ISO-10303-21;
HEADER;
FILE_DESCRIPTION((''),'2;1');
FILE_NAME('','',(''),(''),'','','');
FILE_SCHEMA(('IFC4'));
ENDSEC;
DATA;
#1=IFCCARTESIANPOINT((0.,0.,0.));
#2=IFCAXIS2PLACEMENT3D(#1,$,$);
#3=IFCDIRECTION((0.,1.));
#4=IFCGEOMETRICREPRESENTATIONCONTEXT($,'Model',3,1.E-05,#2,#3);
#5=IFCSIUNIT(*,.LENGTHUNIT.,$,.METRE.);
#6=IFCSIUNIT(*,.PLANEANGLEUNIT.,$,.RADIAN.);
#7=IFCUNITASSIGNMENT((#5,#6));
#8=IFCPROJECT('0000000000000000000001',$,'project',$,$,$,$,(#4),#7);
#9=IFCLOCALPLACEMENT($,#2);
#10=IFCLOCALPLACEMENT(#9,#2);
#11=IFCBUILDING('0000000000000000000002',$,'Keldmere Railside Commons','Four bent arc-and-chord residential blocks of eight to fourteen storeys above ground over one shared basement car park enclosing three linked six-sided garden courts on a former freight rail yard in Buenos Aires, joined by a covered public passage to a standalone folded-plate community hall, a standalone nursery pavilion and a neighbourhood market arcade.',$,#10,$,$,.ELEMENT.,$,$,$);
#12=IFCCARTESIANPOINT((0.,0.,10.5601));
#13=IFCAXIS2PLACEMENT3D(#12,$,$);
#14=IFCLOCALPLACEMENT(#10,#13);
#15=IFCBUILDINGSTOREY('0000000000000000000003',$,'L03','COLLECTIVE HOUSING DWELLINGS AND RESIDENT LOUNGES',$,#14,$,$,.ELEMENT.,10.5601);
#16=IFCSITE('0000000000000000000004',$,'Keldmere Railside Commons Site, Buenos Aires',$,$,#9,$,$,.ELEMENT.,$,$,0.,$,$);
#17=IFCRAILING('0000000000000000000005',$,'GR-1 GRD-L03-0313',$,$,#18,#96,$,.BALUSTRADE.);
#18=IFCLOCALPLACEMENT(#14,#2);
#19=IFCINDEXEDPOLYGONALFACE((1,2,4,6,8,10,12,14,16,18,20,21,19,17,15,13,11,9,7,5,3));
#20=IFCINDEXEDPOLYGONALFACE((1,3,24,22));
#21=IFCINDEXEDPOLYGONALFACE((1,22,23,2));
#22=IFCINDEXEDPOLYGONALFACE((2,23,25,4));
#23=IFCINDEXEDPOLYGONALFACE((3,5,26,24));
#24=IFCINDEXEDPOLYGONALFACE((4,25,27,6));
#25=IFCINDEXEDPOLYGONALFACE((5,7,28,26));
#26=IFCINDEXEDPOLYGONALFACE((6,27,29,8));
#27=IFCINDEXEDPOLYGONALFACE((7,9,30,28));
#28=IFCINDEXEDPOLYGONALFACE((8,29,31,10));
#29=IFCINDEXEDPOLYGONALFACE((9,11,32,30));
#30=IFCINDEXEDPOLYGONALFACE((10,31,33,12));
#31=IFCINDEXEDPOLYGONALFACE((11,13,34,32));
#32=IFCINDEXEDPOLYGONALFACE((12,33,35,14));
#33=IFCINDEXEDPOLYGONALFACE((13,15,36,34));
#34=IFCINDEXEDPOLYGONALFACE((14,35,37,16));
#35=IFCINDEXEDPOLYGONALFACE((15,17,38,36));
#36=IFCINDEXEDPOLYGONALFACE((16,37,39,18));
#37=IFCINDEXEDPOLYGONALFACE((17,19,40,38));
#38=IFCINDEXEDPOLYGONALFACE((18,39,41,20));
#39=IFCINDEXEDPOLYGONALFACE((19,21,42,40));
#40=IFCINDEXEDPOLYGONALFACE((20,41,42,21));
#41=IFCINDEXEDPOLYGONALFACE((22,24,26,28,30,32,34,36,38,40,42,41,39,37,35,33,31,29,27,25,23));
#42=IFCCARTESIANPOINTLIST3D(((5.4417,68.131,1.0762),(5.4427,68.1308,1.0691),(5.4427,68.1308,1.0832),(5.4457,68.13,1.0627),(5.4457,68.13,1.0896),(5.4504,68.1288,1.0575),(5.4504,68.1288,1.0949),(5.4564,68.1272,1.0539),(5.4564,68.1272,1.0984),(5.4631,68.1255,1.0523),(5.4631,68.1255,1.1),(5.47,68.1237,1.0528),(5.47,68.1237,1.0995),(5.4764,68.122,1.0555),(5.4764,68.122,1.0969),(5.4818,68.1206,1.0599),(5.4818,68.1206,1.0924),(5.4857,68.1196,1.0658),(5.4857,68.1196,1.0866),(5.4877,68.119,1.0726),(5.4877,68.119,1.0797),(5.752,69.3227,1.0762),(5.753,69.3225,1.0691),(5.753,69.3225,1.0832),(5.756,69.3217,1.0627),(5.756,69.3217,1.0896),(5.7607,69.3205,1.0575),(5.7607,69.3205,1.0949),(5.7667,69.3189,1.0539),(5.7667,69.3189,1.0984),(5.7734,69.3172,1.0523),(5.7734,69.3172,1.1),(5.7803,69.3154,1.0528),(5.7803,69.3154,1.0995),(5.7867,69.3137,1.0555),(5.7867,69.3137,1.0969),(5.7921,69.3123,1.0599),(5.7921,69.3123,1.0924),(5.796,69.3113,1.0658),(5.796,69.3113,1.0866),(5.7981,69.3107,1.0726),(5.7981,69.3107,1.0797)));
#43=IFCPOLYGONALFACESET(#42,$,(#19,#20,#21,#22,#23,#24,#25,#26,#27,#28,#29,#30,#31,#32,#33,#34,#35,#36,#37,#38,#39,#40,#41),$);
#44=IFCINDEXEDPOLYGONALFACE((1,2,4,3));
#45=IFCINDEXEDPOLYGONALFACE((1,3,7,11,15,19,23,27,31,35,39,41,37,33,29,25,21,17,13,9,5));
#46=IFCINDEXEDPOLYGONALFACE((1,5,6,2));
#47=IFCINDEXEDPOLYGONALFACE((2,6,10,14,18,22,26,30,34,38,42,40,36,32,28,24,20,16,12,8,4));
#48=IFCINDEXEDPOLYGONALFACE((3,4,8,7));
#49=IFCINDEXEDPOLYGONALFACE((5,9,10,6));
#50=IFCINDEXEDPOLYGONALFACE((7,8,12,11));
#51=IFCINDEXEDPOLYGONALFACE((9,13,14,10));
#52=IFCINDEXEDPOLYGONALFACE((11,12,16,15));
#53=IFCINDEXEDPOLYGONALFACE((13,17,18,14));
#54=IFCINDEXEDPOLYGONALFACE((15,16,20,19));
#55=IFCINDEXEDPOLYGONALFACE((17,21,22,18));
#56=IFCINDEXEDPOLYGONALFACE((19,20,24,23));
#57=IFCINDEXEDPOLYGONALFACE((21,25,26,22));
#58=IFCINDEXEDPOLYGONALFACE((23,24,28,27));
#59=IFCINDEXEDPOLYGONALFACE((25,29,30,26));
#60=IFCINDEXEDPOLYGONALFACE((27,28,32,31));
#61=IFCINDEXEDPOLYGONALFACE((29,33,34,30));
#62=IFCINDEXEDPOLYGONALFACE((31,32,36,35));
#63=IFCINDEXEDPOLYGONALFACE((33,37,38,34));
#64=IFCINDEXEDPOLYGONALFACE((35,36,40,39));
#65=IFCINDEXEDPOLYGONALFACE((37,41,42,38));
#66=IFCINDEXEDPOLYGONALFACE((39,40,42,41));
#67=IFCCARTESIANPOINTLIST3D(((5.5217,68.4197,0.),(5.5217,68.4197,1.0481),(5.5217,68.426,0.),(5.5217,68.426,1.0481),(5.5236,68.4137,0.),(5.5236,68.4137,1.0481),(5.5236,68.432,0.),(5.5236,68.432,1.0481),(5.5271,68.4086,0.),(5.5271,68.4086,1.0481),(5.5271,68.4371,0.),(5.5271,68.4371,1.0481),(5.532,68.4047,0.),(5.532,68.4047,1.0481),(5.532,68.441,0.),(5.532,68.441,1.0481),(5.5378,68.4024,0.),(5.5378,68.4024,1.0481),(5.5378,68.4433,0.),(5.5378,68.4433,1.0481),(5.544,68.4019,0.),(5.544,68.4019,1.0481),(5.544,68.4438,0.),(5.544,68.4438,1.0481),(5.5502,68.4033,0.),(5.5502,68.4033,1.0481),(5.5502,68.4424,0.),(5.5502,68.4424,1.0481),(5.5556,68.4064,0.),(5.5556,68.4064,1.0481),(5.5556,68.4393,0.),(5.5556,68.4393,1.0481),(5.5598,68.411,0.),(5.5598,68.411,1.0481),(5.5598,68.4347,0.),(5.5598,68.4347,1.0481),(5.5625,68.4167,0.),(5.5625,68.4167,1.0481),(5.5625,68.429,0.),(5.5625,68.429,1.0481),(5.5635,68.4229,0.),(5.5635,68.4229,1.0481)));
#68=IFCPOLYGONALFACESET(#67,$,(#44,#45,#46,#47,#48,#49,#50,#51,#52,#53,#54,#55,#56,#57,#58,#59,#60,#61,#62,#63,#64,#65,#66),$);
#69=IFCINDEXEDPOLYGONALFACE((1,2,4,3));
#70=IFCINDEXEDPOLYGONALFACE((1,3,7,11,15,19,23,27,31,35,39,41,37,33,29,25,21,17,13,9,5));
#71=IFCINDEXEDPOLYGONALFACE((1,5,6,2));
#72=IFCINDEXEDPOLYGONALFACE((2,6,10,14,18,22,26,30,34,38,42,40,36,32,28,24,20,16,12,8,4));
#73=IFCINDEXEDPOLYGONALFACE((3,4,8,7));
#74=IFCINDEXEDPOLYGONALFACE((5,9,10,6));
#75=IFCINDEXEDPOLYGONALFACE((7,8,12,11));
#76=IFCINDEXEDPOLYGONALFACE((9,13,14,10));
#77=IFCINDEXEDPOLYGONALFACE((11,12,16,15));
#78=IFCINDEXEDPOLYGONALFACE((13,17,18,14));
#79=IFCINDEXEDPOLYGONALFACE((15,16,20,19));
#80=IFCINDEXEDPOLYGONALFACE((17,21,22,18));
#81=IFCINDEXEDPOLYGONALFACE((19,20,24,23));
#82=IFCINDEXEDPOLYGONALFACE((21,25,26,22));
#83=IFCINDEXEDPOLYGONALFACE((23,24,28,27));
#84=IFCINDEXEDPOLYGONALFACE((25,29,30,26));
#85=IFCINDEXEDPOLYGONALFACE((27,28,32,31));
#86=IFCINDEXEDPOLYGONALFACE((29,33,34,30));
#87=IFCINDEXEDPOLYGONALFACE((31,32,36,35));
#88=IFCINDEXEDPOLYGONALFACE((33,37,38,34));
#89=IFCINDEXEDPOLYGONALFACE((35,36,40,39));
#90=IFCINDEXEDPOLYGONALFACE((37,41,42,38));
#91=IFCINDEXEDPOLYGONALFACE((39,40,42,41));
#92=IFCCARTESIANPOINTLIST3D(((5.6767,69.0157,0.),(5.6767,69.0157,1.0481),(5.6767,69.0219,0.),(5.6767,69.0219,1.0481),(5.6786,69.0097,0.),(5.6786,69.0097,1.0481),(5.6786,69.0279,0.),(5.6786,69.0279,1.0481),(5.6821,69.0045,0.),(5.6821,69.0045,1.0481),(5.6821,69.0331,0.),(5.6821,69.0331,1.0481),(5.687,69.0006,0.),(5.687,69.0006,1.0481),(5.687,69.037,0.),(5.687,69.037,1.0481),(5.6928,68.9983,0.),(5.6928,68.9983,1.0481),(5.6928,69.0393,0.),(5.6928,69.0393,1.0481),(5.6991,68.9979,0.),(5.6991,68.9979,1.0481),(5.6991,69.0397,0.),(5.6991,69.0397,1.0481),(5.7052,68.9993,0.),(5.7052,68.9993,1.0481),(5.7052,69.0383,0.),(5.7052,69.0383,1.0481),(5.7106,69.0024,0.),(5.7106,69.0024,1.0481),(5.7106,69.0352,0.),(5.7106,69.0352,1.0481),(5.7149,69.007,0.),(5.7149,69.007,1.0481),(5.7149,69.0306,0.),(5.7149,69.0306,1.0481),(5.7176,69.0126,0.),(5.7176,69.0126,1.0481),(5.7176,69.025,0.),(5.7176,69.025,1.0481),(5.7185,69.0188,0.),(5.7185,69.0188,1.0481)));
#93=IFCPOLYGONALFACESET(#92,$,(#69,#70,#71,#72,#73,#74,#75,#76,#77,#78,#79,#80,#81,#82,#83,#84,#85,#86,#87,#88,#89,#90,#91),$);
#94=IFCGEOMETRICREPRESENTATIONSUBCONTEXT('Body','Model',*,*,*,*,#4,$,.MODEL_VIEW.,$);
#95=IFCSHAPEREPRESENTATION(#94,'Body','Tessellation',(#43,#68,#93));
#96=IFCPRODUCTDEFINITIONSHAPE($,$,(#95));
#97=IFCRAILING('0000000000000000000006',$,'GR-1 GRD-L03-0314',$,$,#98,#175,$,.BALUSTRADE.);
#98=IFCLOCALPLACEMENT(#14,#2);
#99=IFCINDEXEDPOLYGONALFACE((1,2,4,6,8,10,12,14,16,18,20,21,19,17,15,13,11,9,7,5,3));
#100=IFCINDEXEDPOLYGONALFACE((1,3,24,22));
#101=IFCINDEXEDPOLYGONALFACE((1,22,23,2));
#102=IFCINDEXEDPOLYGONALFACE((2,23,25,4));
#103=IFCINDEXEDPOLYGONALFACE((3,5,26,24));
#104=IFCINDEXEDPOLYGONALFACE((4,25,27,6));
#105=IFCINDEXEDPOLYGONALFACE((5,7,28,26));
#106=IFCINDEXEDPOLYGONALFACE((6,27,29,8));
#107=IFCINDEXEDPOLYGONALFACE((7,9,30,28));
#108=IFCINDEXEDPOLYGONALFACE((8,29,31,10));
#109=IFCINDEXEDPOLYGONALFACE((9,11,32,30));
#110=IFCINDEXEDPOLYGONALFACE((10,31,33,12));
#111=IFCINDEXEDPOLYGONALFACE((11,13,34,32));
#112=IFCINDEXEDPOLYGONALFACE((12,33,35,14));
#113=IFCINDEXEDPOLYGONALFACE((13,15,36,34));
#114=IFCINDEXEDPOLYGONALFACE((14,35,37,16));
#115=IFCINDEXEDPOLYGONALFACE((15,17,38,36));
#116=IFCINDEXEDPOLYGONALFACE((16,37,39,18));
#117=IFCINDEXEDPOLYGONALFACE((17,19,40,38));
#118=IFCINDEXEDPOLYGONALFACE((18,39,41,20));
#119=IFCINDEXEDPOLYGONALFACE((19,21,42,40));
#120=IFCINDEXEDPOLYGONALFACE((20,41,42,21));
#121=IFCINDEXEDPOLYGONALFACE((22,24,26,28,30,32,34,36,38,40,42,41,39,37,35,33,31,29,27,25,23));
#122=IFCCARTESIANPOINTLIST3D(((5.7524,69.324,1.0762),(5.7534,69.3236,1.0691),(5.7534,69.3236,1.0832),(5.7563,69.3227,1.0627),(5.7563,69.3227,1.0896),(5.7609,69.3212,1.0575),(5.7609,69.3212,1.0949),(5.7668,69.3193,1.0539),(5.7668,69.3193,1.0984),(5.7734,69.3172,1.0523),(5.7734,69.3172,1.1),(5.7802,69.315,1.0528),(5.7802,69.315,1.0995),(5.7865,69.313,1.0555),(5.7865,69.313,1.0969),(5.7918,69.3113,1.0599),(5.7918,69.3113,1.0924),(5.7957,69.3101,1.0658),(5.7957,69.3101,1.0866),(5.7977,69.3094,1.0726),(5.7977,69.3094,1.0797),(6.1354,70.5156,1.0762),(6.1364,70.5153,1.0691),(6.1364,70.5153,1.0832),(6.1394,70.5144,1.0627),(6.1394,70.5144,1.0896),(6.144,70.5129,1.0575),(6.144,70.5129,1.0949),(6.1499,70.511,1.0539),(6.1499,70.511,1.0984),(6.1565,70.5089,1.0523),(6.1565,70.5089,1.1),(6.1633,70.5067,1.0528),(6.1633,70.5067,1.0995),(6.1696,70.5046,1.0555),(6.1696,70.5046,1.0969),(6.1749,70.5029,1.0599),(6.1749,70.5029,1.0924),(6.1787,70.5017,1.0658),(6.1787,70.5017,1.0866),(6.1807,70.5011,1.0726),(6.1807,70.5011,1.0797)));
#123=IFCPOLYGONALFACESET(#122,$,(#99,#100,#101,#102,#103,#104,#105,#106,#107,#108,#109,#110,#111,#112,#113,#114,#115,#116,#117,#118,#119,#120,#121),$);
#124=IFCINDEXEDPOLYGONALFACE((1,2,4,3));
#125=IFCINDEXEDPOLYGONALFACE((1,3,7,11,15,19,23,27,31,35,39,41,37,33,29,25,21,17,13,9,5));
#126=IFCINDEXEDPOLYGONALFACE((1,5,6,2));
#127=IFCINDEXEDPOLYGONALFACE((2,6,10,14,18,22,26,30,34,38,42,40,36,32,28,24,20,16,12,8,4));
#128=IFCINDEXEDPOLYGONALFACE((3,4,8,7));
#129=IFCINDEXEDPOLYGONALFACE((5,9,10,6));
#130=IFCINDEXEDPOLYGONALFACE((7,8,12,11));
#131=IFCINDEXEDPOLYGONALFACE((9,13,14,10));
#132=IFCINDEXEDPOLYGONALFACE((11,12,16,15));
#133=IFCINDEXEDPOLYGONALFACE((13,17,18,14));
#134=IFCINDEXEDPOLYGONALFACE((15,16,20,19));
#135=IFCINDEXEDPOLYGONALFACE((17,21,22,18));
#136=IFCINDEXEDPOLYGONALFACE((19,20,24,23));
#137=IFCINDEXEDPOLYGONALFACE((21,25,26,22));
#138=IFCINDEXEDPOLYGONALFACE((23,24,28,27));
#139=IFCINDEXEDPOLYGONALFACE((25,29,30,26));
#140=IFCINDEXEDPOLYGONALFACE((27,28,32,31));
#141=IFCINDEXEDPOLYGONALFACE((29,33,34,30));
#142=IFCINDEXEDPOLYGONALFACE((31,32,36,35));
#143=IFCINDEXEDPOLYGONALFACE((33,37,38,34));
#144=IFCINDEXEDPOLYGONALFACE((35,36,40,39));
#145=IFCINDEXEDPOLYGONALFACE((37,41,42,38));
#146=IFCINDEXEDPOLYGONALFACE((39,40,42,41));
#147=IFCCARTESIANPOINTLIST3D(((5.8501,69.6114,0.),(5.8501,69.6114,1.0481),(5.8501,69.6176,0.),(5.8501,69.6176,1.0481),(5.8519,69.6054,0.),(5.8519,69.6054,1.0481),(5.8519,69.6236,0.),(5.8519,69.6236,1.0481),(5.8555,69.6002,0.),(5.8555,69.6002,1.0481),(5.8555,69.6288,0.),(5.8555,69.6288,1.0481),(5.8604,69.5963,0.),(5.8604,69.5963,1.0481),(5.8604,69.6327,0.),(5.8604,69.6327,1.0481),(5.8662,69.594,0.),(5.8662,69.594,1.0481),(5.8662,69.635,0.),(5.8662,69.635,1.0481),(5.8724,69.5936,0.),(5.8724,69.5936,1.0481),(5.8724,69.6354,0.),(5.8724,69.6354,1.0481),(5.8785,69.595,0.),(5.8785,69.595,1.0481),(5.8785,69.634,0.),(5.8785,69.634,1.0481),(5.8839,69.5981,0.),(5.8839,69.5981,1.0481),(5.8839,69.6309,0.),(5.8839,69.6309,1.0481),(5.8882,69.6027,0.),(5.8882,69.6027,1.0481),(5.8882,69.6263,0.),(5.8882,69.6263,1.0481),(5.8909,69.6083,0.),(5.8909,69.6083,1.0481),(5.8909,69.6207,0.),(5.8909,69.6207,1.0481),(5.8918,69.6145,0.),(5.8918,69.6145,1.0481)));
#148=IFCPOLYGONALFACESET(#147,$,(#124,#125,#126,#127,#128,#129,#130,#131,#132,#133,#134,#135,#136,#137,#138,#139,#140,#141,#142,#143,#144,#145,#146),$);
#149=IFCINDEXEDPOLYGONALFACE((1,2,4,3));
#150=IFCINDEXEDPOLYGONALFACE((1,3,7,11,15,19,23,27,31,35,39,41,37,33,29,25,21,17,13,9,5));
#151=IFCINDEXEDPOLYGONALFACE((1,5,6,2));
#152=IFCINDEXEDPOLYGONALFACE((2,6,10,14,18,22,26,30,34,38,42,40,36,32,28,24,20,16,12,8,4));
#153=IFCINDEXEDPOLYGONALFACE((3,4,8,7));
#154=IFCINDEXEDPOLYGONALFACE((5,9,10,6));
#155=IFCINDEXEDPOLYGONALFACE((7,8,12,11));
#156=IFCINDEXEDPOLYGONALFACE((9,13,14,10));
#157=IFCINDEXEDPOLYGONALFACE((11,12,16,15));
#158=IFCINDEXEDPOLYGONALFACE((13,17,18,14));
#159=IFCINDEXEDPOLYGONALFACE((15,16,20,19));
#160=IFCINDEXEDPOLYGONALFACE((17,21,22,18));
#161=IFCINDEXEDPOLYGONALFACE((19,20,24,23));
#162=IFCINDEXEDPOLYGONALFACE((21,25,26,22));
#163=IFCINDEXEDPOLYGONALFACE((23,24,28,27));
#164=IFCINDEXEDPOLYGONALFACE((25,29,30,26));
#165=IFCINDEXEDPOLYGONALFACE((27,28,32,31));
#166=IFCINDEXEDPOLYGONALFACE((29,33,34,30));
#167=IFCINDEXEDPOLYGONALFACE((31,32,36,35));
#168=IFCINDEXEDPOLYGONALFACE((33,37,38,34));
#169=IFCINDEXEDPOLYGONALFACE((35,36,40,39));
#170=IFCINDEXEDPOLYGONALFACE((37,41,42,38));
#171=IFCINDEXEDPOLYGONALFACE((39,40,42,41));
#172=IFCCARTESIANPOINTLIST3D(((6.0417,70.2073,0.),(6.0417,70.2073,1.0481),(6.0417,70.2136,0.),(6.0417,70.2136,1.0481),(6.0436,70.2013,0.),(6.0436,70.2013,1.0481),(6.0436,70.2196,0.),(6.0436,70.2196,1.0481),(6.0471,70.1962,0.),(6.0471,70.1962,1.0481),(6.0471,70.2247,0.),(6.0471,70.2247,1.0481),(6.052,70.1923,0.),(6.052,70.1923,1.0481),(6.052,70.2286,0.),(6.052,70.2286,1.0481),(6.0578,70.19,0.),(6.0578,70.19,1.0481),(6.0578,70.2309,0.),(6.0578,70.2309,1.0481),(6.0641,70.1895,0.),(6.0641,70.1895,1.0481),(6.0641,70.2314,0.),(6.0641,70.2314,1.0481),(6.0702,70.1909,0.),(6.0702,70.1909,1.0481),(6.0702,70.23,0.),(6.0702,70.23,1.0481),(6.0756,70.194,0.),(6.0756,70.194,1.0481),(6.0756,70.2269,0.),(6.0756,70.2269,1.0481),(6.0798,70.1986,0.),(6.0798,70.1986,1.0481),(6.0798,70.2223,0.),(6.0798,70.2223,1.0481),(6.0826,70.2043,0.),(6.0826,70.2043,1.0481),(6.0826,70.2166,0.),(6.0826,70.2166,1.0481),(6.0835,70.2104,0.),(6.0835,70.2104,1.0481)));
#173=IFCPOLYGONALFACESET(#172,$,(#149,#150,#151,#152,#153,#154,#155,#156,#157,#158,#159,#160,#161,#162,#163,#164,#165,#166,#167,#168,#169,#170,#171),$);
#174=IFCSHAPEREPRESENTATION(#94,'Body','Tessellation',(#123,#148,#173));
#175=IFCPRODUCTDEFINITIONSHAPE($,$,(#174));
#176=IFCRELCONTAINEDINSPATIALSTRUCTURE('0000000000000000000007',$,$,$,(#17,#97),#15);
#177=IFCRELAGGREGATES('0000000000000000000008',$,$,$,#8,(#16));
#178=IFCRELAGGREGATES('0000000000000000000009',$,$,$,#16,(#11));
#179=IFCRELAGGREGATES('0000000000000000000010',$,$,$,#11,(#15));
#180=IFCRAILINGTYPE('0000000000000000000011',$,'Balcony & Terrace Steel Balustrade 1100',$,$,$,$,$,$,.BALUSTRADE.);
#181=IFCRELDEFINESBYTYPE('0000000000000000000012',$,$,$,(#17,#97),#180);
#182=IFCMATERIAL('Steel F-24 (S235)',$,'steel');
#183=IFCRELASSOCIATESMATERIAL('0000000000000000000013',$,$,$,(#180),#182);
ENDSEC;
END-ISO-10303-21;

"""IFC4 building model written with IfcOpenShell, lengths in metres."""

from ifc_helpers import new_model, si_unit, direction, frame, origin, origin_2d, place, context, subcontext, project, spatial, circle, extrude, material, type_object, element, save


model = new_model("IFC4")

# Units and contexts
model_context = context("Model", 3, precision=1e-05, world=origin(), true_north=direction((0.0, 1.0)))
body_context = subcontext(model_context, "Body", "Model", "MODEL_VIEW")
ifc_project = project(units=[si_unit("LENGTHUNIT", "METRE"), si_unit("PLANEANGLEUNIT", "RADIAN")], contexts=[model_context])

# Site, building, storey
site_placement = place(None, origin())
site = spatial("IfcSite", under=ifc_project, at=site_placement, Name="Keldmere Railside Commons Site, Buenos Aires", CompositionType="ELEMENT", RefElevation=0.0)
building_placement = place(site_placement, origin())
building = spatial("IfcBuilding", under=site, at=building_placement, Name="Keldmere Railside Commons", Description="Four bent arc-and-chord residential blocks of eight to fourteen storeys above ground over one shared basement car park enclosing three linked six-sided garden courts on a former freight rail yard in Buenos Aires, joined by a covered public passage to a standalone folded-plate community hall, a standalone nursery pavilion and a neighbourhood market arcade.", CompositionType="ELEMENT")
storey_placement = place(building_placement, frame((0.0, 0.0, 10.5601)))
storey = spatial("IfcBuildingStorey", under=building, at=storey_placement, Name="L03", Description="COLLECTIVE HOUSING DWELLINGS AND RESIDENT LOUNGES", CompositionType="ELEMENT", Elevation=10.5601)

# Railings
ifc_material_1 = material(Name="Steel F-24 (S235)", Category="steel")
railing_type_1 = type_object("IfcRailingType", Name="Balcony & Terrace Steel Balustrade 1100", PredefinedType="BALUSTRADE", material=ifc_material_1)
railing_1_placement = place(storey_placement, frame((5.4648, 68.125, 0.0)))
element("IfcRailing", 1, at=railing_1_placement, inside=storey, type_object=railing_type_1, Name="GR-1 GRD-L03-0313", PredefinedType="BALUSTRADE", context=body_context, shape_type="SweptSolid", body=[
    extrude(circle(Radius=0.0239, at=origin_2d()), frame((0.0, 0.0, 1.0762), z_axis=(0.251994, 0.967729, 0.0), x_axis=(-0.967729, 0.251994, 0.0)), (0.0, 0.0, 1.0), 1.2314),
    extrude(circle(Radius=0.021, at=origin_2d()), frame((0.0776, 0.2979, 0.0)), (0.0, 0.0, 1.0), 1.0481),
    extrude(circle(Radius=0.021, at=origin_2d()), frame((0.2327, 0.8938, 0.0)), (0.0, 0.0, 1.0), 1.0481),
])
railing_2_placement = place(storey_placement, frame((5.7751, 69.3167, 0.0)))
element("IfcRailing", 2, at=railing_2_placement, inside=storey, type_object=railing_type_1, Name="GR-1 GRD-L03-0314", PredefinedType="BALUSTRADE", context=body_context, shape_type="SweptSolid", body=[
    extrude(circle(Radius=0.0239, at=origin_2d()), frame((0.0, 0.0, 1.0762), z_axis=(0.306028, 0.952022, 0.0), x_axis=(-0.952022, 0.306028, 0.0)), (0.0, 0.0, 1.0), 1.2517),
    extrude(circle(Radius=0.021, at=origin_2d()), frame((0.0957, 0.2979, 0.0)), (0.0, 0.0, 1.0), 1.0481),
    extrude(circle(Radius=0.021, at=origin_2d()), frame((0.2874, 0.8938, 0.0)), (0.0, 0.0, 1.0), 1.0481),
])

save(model, "model.ifc")
